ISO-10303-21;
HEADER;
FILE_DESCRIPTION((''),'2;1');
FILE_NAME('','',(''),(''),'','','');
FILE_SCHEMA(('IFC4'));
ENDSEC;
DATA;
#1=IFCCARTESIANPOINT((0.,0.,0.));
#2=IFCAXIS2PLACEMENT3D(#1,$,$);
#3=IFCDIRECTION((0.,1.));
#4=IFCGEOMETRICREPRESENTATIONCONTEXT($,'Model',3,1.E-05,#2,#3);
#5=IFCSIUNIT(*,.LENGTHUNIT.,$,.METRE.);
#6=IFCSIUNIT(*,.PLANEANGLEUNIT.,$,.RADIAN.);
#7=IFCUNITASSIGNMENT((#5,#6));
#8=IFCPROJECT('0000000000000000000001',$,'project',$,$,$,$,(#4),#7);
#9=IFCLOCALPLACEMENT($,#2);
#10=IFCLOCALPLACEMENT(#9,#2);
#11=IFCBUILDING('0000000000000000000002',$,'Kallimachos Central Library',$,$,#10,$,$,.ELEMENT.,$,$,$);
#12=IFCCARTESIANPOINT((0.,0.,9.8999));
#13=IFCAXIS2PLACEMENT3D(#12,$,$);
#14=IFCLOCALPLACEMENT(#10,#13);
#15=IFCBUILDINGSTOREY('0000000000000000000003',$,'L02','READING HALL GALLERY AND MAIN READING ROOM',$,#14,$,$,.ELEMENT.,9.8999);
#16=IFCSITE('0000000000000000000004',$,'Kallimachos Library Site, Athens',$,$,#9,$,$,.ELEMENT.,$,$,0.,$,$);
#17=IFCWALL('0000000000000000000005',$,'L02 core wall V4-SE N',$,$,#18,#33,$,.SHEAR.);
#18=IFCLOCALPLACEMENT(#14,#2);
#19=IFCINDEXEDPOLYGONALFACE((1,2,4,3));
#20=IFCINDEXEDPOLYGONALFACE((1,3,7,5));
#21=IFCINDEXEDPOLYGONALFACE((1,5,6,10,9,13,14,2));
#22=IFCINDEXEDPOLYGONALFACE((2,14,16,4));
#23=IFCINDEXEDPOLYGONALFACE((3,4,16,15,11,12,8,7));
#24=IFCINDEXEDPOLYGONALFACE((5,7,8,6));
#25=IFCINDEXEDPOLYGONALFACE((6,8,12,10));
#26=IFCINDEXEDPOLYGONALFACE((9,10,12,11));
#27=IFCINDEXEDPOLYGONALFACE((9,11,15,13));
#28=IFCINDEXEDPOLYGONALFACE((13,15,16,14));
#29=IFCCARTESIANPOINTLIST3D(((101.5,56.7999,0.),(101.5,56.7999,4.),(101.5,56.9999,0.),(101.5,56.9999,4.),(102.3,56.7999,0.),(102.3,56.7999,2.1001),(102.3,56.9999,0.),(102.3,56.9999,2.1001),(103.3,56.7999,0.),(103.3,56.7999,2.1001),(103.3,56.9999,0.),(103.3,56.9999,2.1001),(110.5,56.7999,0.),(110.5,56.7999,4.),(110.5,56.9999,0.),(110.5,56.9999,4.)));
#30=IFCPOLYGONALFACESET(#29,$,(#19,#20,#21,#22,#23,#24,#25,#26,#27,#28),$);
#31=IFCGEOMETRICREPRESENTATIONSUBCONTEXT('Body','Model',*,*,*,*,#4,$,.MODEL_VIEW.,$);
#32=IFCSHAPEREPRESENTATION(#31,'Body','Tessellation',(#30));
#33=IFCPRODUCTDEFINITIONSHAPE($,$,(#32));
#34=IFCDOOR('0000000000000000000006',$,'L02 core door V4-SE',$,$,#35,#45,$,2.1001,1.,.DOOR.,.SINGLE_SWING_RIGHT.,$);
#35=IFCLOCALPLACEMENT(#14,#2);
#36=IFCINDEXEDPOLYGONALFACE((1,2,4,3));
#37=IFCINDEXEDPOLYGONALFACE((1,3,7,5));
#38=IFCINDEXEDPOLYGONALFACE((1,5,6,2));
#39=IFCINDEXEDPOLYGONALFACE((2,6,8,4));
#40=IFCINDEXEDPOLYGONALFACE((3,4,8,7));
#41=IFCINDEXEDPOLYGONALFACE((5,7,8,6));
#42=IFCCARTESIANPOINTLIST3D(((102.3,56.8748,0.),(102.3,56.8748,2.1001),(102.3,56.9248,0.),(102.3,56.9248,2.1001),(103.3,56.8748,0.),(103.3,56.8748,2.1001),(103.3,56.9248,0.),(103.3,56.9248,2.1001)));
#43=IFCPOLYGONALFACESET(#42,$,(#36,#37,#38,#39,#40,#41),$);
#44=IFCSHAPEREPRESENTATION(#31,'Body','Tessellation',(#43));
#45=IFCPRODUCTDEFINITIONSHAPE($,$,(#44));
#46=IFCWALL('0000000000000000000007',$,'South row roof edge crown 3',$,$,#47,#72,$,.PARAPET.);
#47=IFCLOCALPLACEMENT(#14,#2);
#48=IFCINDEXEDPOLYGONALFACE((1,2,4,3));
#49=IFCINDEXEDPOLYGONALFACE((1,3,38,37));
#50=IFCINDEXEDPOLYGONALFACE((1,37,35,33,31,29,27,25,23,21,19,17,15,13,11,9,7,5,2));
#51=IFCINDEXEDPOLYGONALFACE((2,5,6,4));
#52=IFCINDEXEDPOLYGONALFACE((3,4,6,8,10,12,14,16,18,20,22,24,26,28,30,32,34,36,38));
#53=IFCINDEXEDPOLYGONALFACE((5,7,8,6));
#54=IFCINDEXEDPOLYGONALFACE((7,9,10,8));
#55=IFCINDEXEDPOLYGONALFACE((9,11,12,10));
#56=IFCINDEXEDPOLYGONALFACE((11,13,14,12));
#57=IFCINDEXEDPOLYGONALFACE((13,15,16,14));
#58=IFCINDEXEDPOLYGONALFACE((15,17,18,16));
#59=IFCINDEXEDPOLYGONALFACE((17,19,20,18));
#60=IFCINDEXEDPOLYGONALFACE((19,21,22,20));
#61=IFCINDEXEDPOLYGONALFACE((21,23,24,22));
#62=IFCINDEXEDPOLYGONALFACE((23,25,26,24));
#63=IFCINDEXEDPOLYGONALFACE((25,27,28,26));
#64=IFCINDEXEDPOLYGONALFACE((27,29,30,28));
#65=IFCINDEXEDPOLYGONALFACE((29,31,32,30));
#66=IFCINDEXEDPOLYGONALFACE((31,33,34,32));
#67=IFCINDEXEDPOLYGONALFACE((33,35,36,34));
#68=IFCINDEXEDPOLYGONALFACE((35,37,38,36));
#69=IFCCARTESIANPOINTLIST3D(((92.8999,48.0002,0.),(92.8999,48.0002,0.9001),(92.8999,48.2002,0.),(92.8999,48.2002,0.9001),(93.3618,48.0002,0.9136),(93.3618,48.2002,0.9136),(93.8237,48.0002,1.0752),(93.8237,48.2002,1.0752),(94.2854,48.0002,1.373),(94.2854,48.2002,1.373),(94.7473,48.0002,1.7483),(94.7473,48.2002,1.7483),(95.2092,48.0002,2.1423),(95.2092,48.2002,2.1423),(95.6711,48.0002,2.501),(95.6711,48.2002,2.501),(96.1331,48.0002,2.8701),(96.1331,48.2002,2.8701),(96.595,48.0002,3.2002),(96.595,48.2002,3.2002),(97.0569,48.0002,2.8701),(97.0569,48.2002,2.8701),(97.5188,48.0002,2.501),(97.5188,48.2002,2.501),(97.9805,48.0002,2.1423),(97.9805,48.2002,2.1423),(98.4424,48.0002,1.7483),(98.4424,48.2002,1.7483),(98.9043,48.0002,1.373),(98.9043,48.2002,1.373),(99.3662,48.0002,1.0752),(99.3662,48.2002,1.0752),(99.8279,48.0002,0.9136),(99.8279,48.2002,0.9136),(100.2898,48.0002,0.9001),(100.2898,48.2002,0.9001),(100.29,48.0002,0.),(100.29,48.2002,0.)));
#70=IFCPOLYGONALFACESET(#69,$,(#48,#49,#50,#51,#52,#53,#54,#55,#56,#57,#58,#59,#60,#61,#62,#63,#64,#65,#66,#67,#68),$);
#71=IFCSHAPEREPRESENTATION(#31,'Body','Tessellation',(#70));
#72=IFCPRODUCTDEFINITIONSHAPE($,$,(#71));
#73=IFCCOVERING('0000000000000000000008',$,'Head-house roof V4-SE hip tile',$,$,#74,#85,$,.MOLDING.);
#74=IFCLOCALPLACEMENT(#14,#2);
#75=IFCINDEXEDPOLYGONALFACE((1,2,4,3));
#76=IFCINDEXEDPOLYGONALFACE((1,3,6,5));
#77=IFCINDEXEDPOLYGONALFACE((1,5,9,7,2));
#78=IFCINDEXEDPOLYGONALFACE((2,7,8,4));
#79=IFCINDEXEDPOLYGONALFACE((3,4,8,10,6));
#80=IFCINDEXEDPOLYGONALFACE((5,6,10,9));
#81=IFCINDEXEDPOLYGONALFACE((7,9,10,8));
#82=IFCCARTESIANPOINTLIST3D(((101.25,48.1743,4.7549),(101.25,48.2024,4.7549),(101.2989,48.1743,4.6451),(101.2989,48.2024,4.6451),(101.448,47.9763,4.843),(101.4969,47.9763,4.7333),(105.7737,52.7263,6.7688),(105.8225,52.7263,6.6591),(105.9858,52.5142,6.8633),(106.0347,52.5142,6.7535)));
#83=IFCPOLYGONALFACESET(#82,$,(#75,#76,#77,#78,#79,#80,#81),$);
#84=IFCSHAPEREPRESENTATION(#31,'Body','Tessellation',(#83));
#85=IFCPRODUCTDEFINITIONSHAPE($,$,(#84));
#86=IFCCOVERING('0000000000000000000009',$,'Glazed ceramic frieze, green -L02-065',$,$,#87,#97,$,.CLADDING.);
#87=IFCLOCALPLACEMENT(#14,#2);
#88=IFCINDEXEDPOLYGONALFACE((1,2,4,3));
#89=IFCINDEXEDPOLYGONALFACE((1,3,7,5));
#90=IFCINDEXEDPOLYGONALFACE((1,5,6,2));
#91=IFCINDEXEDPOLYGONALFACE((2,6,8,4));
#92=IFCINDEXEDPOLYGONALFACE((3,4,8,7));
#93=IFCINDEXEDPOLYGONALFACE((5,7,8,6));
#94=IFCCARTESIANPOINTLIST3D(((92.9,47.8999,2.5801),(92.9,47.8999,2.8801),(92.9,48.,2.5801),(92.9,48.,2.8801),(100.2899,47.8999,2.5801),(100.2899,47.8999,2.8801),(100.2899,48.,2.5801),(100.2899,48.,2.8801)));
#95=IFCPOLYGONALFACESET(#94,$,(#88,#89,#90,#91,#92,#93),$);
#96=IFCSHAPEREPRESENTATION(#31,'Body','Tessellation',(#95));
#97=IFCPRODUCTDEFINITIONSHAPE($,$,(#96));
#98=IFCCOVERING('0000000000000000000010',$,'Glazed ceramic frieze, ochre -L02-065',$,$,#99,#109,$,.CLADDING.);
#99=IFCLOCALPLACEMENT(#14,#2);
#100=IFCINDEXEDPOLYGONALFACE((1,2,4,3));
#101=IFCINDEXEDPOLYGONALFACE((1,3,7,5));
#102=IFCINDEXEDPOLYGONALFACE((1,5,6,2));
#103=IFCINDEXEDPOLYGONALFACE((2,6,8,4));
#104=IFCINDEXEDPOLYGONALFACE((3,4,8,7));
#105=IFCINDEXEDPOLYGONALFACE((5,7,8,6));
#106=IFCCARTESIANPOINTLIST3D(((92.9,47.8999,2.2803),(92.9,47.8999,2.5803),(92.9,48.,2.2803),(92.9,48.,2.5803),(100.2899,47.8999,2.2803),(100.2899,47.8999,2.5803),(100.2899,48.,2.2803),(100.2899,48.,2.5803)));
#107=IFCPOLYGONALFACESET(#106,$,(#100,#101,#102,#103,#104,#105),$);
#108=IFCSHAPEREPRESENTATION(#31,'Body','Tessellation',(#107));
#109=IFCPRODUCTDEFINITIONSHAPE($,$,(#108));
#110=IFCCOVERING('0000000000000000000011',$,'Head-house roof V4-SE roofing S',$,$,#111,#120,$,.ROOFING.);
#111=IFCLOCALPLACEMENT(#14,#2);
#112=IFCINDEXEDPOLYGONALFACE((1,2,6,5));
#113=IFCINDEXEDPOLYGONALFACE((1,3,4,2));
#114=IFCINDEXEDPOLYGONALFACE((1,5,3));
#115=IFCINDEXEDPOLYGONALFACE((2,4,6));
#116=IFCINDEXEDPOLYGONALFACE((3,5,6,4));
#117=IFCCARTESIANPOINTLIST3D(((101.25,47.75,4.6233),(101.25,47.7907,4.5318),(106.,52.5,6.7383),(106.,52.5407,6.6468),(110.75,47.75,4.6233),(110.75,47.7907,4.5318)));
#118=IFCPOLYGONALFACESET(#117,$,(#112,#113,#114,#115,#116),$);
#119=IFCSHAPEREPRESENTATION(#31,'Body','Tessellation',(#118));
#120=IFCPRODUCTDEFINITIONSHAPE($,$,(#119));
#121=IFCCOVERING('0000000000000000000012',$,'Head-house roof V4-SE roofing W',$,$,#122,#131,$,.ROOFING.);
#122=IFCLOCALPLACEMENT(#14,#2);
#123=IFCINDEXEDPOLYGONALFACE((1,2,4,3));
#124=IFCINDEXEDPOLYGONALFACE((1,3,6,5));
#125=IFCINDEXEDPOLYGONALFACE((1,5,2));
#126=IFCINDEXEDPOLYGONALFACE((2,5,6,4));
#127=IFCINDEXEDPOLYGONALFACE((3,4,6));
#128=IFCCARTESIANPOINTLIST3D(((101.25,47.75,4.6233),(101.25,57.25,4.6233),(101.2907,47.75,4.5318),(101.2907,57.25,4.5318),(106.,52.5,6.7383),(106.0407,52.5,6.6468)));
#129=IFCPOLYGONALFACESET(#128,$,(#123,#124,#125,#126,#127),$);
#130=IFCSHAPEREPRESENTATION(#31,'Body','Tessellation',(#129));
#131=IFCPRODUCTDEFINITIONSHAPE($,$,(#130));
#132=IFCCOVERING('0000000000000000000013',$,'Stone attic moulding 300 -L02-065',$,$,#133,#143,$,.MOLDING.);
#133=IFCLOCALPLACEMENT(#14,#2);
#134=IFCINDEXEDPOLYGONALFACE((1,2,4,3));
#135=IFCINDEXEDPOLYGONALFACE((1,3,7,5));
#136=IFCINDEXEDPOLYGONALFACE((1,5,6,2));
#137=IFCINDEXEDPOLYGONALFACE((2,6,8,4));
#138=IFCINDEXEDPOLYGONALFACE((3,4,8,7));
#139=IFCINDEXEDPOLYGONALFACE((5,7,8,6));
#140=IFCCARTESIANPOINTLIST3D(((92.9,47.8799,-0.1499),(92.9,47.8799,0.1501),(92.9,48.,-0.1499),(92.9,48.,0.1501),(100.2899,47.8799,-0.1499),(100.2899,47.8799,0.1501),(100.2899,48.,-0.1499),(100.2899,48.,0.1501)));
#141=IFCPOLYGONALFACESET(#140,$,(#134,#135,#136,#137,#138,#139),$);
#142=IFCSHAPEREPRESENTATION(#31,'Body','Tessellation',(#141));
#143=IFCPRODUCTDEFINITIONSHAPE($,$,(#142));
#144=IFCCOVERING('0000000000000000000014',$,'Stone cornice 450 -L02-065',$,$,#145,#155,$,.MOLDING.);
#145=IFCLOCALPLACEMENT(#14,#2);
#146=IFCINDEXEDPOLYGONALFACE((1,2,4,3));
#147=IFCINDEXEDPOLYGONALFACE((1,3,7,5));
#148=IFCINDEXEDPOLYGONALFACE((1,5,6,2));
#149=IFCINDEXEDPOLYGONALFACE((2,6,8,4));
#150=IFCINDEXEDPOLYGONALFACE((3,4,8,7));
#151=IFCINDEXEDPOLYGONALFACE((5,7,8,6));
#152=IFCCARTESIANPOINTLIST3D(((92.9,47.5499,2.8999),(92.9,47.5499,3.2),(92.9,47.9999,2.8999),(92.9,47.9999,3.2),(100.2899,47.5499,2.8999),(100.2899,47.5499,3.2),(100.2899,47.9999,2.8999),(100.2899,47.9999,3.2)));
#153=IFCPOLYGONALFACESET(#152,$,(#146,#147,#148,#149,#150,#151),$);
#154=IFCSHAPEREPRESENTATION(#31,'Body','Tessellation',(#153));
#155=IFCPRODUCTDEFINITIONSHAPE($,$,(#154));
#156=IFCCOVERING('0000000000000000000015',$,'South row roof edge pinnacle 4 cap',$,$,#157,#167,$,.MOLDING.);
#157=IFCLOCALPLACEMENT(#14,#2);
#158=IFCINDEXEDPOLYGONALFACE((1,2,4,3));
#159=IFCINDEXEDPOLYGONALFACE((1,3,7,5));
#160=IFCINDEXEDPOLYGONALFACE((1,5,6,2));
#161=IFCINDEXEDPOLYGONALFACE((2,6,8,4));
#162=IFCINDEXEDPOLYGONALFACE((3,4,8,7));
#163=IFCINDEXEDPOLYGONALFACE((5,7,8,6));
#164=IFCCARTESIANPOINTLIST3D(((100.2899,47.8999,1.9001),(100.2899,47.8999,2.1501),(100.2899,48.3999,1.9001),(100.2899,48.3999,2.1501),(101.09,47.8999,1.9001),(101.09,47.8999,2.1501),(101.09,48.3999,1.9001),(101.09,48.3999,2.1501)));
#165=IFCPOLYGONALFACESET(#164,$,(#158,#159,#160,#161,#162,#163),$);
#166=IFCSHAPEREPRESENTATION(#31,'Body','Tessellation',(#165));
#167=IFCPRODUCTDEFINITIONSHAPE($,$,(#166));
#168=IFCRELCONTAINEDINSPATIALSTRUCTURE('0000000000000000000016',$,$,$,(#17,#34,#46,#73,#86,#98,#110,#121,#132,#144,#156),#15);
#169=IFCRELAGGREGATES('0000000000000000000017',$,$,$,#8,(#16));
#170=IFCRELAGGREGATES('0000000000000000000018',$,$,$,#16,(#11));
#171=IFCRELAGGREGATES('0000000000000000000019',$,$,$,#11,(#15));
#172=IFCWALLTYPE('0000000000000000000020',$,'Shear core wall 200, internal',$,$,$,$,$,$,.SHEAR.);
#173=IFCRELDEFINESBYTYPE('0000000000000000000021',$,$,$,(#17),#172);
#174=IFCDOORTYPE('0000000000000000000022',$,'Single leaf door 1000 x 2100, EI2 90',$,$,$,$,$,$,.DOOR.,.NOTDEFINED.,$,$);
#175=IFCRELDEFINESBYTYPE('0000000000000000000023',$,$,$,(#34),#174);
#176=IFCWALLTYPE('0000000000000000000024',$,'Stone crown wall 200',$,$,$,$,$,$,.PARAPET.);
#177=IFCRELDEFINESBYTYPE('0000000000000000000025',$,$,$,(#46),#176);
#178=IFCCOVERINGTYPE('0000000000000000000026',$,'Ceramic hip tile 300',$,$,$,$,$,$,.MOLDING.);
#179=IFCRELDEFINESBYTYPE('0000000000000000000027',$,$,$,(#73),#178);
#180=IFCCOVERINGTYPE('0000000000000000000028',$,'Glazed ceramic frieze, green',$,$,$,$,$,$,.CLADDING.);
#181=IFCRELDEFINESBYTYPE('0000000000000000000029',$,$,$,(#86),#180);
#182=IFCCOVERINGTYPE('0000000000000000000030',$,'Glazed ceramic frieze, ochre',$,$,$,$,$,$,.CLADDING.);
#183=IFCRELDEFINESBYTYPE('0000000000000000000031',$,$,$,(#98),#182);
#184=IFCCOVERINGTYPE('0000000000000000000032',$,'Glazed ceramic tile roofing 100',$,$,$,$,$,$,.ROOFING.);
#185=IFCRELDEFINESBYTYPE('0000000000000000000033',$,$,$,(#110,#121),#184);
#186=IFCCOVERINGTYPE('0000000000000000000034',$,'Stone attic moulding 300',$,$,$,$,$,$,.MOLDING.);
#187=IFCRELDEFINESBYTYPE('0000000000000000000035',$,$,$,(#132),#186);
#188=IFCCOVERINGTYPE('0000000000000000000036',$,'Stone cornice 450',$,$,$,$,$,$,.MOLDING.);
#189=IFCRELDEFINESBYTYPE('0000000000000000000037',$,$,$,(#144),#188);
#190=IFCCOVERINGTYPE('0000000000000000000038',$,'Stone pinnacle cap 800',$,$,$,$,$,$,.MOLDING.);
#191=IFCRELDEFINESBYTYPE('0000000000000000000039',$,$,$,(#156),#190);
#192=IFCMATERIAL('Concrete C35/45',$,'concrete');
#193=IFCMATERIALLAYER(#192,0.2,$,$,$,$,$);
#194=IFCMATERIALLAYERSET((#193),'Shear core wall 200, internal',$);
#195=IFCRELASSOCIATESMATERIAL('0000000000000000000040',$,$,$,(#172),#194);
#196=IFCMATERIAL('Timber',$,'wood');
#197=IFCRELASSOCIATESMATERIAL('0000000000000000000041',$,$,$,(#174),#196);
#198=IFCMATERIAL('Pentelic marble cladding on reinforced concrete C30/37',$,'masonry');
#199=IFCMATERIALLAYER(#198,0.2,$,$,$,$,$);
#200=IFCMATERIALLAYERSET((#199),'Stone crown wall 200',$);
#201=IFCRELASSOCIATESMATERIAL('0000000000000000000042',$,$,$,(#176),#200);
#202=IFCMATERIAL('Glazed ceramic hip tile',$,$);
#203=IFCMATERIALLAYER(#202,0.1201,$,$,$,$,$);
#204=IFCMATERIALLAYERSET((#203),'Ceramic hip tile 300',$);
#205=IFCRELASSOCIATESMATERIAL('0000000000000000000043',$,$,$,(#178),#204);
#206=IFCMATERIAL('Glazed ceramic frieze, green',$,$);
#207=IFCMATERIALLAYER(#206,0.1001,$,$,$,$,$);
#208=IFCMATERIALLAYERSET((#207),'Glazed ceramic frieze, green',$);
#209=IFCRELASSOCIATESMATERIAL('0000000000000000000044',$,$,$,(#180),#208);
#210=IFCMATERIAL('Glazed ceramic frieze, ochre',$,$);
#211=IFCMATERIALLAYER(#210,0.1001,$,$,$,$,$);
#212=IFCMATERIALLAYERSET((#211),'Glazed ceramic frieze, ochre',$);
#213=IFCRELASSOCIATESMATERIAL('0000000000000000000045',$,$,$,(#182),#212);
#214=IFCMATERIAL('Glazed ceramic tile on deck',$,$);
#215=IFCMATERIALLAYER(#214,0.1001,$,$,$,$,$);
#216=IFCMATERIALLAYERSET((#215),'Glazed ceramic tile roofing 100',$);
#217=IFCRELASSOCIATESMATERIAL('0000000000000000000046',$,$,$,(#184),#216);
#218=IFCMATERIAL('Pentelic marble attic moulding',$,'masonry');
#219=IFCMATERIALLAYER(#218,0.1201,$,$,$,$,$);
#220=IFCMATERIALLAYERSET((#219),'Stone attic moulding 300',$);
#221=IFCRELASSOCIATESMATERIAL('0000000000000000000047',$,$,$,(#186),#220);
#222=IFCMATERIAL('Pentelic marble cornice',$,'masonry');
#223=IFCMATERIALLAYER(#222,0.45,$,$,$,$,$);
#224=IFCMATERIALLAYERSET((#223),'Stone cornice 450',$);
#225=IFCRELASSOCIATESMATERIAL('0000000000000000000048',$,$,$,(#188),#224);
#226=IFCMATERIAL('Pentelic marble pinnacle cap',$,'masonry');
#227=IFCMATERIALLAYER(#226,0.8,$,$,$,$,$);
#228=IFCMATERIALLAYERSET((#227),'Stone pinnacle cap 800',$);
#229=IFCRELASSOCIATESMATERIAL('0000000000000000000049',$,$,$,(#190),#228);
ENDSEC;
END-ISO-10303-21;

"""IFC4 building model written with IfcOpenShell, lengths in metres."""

from ifc_helpers import new_model, si_unit, direction, frame, frame_2d, origin, origin_2d, place, context, subcontext, project, spatial, polyline, rectangle, outline, extrude, material, layer, layer_set, type_object, element, fill, save


model = new_model("IFC4")

# Units and contexts
model_context = context("Model", 3, precision=1e-05, world=origin(), true_north=direction((0.0, 1.0)))
body_context = subcontext(model_context, "Body", "Model", "MODEL_VIEW")
ifc_project = project(units=[si_unit("LENGTHUNIT", "METRE"), si_unit("PLANEANGLEUNIT", "RADIAN")], contexts=[model_context])

# Site, building, storey
site_placement = place(None, origin())
site = spatial("IfcSite", under=ifc_project, at=site_placement, Name="Kallimachos Library Site, Athens", CompositionType="ELEMENT", RefElevation=0.0)
building_placement = place(site_placement, origin())
building = spatial("IfcBuilding", under=site, at=building_placement, Name="Kallimachos Central Library", CompositionType="ELEMENT")
storey_placement = place(building_placement, frame((0.0, 0.0, 9.8999)))
storey = spatial("IfcBuildingStorey", under=building, at=storey_placement, Name="L02", Description="READING HALL GALLERY AND MAIN READING ROOM", CompositionType="ELEMENT", Elevation=9.8999)

# Wall, opening, door
ifc_material_1 = material(Name="Concrete C35/45", Category="concrete")
ifc_layer_1 = layer(ifc_material_1, 0.2)
ifc_layer_set_1 = layer_set([ifc_layer_1], Name="Shear core wall 200, internal")
wall_type_1 = type_object("IfcWallType", Name="Shear core wall 200, internal", PredefinedType="SHEAR", material=ifc_layer_set_1)
wall_1_placement = place(storey_placement, frame((101.5, 56.8999, 0.0), z_axis=(0.0, 0.0, 1.0), x_axis=(1.0, 0.0, 0.0)))
wall_1 = element("IfcWall", 1, at=wall_1_placement, inside=storey, type_object=wall_type_1, Name="L02 core wall V4-SE N", PredefinedType="SHEAR", context=body_context, shape_type="SweptSolid", body=[
    extrude(rectangle(XDim=9.0, YDim=0.2, at=frame_2d((4.5, 0.0))), origin(), (0.0, 0.0, 1.0), 4.0),
])
opening_placement = place(wall_1_placement, frame((0.8, 0.0, 0.0)))
opening = element("IfcOpeningElement", 2, at=opening_placement, cuts=wall_1, PredefinedType="OPENING", context=body_context, shape_type="SweptSolid", body=[
    extrude(rectangle(XDim=1.0, YDim=2.1001, at=frame_2d((0.5, 1.05))), frame((0.0, 0.1099, 0.0), z_axis=(0.0, -1.0, 0.0), x_axis=(1.0, 0.0, 0.0)), (0.0, 0.0, 1.0), 0.22),
])
ifc_material_2 = material(Name="Timber", Category="wood")
door_type = type_object("IfcDoorType", Name="Single leaf door 1000 x 2100, EI2 90", OperationType="NOTDEFINED", PredefinedType="DOOR", material=ifc_material_2)
door_placement = place(opening_placement, origin())
door = element("IfcDoor", 3, at=door_placement, inside=storey, type_object=door_type, Name="L02 core door V4-SE", OperationType="SINGLE_SWING_RIGHT", OverallHeight=2.1001, OverallWidth=1.0, PredefinedType="DOOR", context=body_context, shape_type="SweptSolid", body=[
    extrude(rectangle(XDim=1.0, YDim=2.1001, at=frame_2d((0.5, 1.05))), frame((0.0, 0.0249, 0.0), z_axis=(0.0, -1.0, 0.0), x_axis=(1.0, 0.0, 0.0)), (0.0, 0.0, 1.0), 0.05),
])
fill(opening, door)

# Wall
ifc_material_3 = material(Name="Pentelic marble cladding on reinforced concrete C30/37", Category="masonry")
ifc_layer_2 = layer(ifc_material_3, 0.2)
ifc_layer_set_2 = layer_set([ifc_layer_2], Name="Stone crown wall 200")
wall_type_2 = type_object("IfcWallType", Name="Stone crown wall 200", PredefinedType="PARAPET", material=ifc_layer_set_2)
wall_2_placement = place(storey_placement, frame((92.8999, 48.1001, 0.0), z_axis=(0.0, 0.0, 1.0), x_axis=(1.0, 0.0, 0.0)))
element("IfcWall", 4, at=wall_2_placement, inside=storey, type_object=wall_type_2, Name="South row roof edge crown 3", PredefinedType="PARAPET", context=body_context, shape_type="SweptSolid", body=[
    extrude(outline(polyline([(0.0, 0.0), (7.3901, 0.0), (7.3899, 0.9001), (6.928, 0.9136), (6.4663, 1.0752), (6.0044, 1.373), (5.5425, 1.7483), (5.0806, 2.1423), (4.6189, 2.501), (4.157, 2.8701), (3.6951, 3.2002), (3.2332, 2.8701), (2.7712, 2.501), (2.3093, 2.1423), (1.8474, 1.7483), (1.3855, 1.373), (0.9238, 1.0752), (0.4619, 0.9136), (0.0, 0.9001), (0.0, 0.0)])), frame((0.0, 0.1001, 0.0), z_axis=(0.0, -1.0, 0.0), x_axis=(1.0, 0.0, 0.0)), (0.0, 0.0, 1.0), 0.2),
])

# Coverings
ifc_material_4 = material(Name="Glazed ceramic hip tile")
ifc_layer_3 = layer(ifc_material_4, 0.1201)
ifc_layer_set_3 = layer_set([ifc_layer_3], Name="Ceramic hip tile 300")
covering_type_1 = type_object("IfcCoveringType", Name="Ceramic hip tile 300", PredefinedType="MOLDING", material=ifc_layer_set_3)
covering_1_placement = place(storey_placement, frame((101.448, 47.9763, 4.843), z_axis=(-0.406728, 0.000017, 0.913549), x_axis=(-0.674458, 0.674485, -0.300293)))
element("IfcCovering", 5, at=covering_1_placement, inside=storey, type_object=covering_type_1, Name="Head-house roof V4-SE hip tile", PredefinedType="MOLDING", context=body_context, shape_type="SweptSolid", body=[
    extrude(outline(polyline([(0.0, 0.0), (0.2936, 0.0), (0.3125, -0.0207), (-0.292, -6.7006), (-0.6066, -6.7006), (0.0, 0.0)])), origin(), (0.0, 0.0, -1.0), 0.1201),
])
ifc_material_5 = material(Name="Glazed ceramic frieze, green")
ifc_layer_4 = layer(ifc_material_5, 0.1001)
ifc_layer_set_4 = layer_set([ifc_layer_4], Name="Glazed ceramic frieze, green")
covering_type_2 = type_object("IfcCoveringType", Name="Glazed ceramic frieze, green", PredefinedType="CLADDING", material=ifc_layer_set_4)
covering_2_placement = place(storey_placement, frame((96.595, 47.95, 2.5801), z_axis=(0.0, 0.0, 1.0), x_axis=(1.0, 0.0, 0.0)))
element("IfcCovering", 6, at=covering_2_placement, inside=storey, type_object=covering_type_2, Name="Glazed ceramic frieze, green -L02-065", PredefinedType="CLADDING", context=body_context, shape_type="SweptSolid", body=[
    extrude(rectangle(XDim=7.3899, YDim=0.1001, at=origin_2d()), origin(), (0.0, 0.0, 1.0), 0.3),
])
ifc_material_6 = material(Name="Glazed ceramic frieze, ochre")
ifc_layer_5 = layer(ifc_material_6, 0.1001)
ifc_layer_set_5 = layer_set([ifc_layer_5], Name="Glazed ceramic frieze, ochre")
covering_type_3 = type_object("IfcCoveringType", Name="Glazed ceramic frieze, ochre", PredefinedType="CLADDING", material=ifc_layer_set_5)
covering_3_placement = place(storey_placement, frame((96.595, 47.95, 2.2803), z_axis=(0.0, 0.0, 1.0), x_axis=(1.0, 0.0, 0.0)))
element("IfcCovering", 7, at=covering_3_placement, inside=storey, type_object=covering_type_3, Name="Glazed ceramic frieze, ochre -L02-065", PredefinedType="CLADDING", context=body_context, shape_type="SweptSolid", body=[
    extrude(rectangle(XDim=7.3899, YDim=0.1001, at=origin_2d()), origin(), (0.0, 0.0, 1.0), 0.3),
])
ifc_material_7 = material(Name="Glazed ceramic tile on deck")
ifc_layer_6 = layer(ifc_material_7, 0.1001)
ifc_layer_set_6 = layer_set([ifc_layer_6], Name="Glazed ceramic tile roofing 100")
covering_type_4 = type_object("IfcCoveringType", Name="Glazed ceramic tile roofing 100", PredefinedType="ROOFING", material=ifc_layer_set_6)
covering_4_placement = place(storey_placement, frame((101.25, 47.75, 4.6233), z_axis=(0.0, -0.406761, 0.913534), x_axis=(1.0, 0.0, 0.0)))
element("IfcCovering", 8, at=covering_4_placement, inside=storey, type_object=covering_type_4, Name="Head-house roof V4-SE roofing S", PredefinedType="ROOFING", context=body_context, shape_type="SweptSolid", body=[
    extrude(outline(polyline([(0.0, 0.0), (9.5, 0.0), (4.75, 5.1996), (0.0, 0.0)])), origin(), (0.0, 0.0, -1.0), 0.1001),
])
covering_5_placement = place(storey_placement, frame((101.25, 47.75, 4.6233), z_axis=(-0.406761, 0.0, 0.913534), x_axis=(0.674467, 0.674467, 0.300314)))
element("IfcCovering", 9, at=covering_5_placement, inside=storey, type_object=covering_type_4, Name="Head-house roof V4-SE roofing W", PredefinedType="ROOFING", context=body_context, shape_type="SweptSolid", body=[
    extrude(outline(polyline([(0.0, 0.0), (7.0426, 0.0), (6.4074, 7.0139), (0.0, 0.0)])), origin(), (0.0, 0.0, -1.0), 0.1001),
])
ifc_material_8 = material(Name="Pentelic marble attic moulding", Category="masonry")
ifc_layer_7 = layer(ifc_material_8, 0.1201)
ifc_layer_set_7 = layer_set([ifc_layer_7], Name="Stone attic moulding 300")
covering_type_5 = type_object("IfcCoveringType", Name="Stone attic moulding 300", PredefinedType="MOLDING", material=ifc_layer_set_7)
covering_6_placement = place(storey_placement, frame((96.595, 47.9399, -0.1499), z_axis=(0.0, 0.0, 1.0), x_axis=(1.0, 0.0, 0.0)))
element("IfcCovering", 10, at=covering_6_placement, inside=storey, type_object=covering_type_5, Name="Stone attic moulding 300 -L02-065", PredefinedType="MOLDING", context=body_context, shape_type="SweptSolid", body=[
    extrude(rectangle(XDim=7.3899, YDim=0.1201, at=origin_2d()), origin(), (0.0, 0.0, 1.0), 0.3),
])
ifc_material_9 = material(Name="Pentelic marble cornice", Category="masonry")
ifc_layer_8 = layer(ifc_material_9, 0.45)
ifc_layer_set_8 = layer_set([ifc_layer_8], Name="Stone cornice 450")
covering_type_6 = type_object("IfcCoveringType", Name="Stone cornice 450", PredefinedType="MOLDING", material=ifc_layer_set_8)
covering_7_placement = place(storey_placement, frame((96.595, 47.7749, 2.8999), z_axis=(0.0, 0.0, 1.0), x_axis=(1.0, 0.0, 0.0)))
element("IfcCovering", 11, at=covering_7_placement, inside=storey, type_object=covering_type_6, Name="Stone cornice 450 -L02-065", PredefinedType="MOLDING", context=body_context, shape_type="SweptSolid", body=[
    extrude(rectangle(XDim=7.3899, YDim=0.45, at=origin_2d()), origin(), (0.0, 0.0, 1.0), 0.3),
])
ifc_material_10 = material(Name="Pentelic marble pinnacle cap", Category="masonry")
ifc_layer_9 = layer(ifc_material_10, 0.8)
ifc_layer_set_9 = layer_set([ifc_layer_9], Name="Stone pinnacle cap 800")
covering_type_7 = type_object("IfcCoveringType", Name="Stone pinnacle cap 800", PredefinedType="MOLDING", material=ifc_layer_set_9)
covering_8_placement = place(storey_placement, frame((100.6899, 48.1499, 1.9001), z_axis=(0.0, 0.0, 1.0), x_axis=(1.0, 0.0, 0.0)))
element("IfcCovering", 12, at=covering_8_placement, inside=storey, type_object=covering_type_7, Name="South row roof edge pinnacle 4 cap", PredefinedType="MOLDING", context=body_context, shape_type="SweptSolid", body=[
    extrude(rectangle(XDim=0.8, YDim=0.5, at=origin_2d()), origin(), (0.0, 0.0, 1.0), 0.25),
])

save(model, "model.ifc")
